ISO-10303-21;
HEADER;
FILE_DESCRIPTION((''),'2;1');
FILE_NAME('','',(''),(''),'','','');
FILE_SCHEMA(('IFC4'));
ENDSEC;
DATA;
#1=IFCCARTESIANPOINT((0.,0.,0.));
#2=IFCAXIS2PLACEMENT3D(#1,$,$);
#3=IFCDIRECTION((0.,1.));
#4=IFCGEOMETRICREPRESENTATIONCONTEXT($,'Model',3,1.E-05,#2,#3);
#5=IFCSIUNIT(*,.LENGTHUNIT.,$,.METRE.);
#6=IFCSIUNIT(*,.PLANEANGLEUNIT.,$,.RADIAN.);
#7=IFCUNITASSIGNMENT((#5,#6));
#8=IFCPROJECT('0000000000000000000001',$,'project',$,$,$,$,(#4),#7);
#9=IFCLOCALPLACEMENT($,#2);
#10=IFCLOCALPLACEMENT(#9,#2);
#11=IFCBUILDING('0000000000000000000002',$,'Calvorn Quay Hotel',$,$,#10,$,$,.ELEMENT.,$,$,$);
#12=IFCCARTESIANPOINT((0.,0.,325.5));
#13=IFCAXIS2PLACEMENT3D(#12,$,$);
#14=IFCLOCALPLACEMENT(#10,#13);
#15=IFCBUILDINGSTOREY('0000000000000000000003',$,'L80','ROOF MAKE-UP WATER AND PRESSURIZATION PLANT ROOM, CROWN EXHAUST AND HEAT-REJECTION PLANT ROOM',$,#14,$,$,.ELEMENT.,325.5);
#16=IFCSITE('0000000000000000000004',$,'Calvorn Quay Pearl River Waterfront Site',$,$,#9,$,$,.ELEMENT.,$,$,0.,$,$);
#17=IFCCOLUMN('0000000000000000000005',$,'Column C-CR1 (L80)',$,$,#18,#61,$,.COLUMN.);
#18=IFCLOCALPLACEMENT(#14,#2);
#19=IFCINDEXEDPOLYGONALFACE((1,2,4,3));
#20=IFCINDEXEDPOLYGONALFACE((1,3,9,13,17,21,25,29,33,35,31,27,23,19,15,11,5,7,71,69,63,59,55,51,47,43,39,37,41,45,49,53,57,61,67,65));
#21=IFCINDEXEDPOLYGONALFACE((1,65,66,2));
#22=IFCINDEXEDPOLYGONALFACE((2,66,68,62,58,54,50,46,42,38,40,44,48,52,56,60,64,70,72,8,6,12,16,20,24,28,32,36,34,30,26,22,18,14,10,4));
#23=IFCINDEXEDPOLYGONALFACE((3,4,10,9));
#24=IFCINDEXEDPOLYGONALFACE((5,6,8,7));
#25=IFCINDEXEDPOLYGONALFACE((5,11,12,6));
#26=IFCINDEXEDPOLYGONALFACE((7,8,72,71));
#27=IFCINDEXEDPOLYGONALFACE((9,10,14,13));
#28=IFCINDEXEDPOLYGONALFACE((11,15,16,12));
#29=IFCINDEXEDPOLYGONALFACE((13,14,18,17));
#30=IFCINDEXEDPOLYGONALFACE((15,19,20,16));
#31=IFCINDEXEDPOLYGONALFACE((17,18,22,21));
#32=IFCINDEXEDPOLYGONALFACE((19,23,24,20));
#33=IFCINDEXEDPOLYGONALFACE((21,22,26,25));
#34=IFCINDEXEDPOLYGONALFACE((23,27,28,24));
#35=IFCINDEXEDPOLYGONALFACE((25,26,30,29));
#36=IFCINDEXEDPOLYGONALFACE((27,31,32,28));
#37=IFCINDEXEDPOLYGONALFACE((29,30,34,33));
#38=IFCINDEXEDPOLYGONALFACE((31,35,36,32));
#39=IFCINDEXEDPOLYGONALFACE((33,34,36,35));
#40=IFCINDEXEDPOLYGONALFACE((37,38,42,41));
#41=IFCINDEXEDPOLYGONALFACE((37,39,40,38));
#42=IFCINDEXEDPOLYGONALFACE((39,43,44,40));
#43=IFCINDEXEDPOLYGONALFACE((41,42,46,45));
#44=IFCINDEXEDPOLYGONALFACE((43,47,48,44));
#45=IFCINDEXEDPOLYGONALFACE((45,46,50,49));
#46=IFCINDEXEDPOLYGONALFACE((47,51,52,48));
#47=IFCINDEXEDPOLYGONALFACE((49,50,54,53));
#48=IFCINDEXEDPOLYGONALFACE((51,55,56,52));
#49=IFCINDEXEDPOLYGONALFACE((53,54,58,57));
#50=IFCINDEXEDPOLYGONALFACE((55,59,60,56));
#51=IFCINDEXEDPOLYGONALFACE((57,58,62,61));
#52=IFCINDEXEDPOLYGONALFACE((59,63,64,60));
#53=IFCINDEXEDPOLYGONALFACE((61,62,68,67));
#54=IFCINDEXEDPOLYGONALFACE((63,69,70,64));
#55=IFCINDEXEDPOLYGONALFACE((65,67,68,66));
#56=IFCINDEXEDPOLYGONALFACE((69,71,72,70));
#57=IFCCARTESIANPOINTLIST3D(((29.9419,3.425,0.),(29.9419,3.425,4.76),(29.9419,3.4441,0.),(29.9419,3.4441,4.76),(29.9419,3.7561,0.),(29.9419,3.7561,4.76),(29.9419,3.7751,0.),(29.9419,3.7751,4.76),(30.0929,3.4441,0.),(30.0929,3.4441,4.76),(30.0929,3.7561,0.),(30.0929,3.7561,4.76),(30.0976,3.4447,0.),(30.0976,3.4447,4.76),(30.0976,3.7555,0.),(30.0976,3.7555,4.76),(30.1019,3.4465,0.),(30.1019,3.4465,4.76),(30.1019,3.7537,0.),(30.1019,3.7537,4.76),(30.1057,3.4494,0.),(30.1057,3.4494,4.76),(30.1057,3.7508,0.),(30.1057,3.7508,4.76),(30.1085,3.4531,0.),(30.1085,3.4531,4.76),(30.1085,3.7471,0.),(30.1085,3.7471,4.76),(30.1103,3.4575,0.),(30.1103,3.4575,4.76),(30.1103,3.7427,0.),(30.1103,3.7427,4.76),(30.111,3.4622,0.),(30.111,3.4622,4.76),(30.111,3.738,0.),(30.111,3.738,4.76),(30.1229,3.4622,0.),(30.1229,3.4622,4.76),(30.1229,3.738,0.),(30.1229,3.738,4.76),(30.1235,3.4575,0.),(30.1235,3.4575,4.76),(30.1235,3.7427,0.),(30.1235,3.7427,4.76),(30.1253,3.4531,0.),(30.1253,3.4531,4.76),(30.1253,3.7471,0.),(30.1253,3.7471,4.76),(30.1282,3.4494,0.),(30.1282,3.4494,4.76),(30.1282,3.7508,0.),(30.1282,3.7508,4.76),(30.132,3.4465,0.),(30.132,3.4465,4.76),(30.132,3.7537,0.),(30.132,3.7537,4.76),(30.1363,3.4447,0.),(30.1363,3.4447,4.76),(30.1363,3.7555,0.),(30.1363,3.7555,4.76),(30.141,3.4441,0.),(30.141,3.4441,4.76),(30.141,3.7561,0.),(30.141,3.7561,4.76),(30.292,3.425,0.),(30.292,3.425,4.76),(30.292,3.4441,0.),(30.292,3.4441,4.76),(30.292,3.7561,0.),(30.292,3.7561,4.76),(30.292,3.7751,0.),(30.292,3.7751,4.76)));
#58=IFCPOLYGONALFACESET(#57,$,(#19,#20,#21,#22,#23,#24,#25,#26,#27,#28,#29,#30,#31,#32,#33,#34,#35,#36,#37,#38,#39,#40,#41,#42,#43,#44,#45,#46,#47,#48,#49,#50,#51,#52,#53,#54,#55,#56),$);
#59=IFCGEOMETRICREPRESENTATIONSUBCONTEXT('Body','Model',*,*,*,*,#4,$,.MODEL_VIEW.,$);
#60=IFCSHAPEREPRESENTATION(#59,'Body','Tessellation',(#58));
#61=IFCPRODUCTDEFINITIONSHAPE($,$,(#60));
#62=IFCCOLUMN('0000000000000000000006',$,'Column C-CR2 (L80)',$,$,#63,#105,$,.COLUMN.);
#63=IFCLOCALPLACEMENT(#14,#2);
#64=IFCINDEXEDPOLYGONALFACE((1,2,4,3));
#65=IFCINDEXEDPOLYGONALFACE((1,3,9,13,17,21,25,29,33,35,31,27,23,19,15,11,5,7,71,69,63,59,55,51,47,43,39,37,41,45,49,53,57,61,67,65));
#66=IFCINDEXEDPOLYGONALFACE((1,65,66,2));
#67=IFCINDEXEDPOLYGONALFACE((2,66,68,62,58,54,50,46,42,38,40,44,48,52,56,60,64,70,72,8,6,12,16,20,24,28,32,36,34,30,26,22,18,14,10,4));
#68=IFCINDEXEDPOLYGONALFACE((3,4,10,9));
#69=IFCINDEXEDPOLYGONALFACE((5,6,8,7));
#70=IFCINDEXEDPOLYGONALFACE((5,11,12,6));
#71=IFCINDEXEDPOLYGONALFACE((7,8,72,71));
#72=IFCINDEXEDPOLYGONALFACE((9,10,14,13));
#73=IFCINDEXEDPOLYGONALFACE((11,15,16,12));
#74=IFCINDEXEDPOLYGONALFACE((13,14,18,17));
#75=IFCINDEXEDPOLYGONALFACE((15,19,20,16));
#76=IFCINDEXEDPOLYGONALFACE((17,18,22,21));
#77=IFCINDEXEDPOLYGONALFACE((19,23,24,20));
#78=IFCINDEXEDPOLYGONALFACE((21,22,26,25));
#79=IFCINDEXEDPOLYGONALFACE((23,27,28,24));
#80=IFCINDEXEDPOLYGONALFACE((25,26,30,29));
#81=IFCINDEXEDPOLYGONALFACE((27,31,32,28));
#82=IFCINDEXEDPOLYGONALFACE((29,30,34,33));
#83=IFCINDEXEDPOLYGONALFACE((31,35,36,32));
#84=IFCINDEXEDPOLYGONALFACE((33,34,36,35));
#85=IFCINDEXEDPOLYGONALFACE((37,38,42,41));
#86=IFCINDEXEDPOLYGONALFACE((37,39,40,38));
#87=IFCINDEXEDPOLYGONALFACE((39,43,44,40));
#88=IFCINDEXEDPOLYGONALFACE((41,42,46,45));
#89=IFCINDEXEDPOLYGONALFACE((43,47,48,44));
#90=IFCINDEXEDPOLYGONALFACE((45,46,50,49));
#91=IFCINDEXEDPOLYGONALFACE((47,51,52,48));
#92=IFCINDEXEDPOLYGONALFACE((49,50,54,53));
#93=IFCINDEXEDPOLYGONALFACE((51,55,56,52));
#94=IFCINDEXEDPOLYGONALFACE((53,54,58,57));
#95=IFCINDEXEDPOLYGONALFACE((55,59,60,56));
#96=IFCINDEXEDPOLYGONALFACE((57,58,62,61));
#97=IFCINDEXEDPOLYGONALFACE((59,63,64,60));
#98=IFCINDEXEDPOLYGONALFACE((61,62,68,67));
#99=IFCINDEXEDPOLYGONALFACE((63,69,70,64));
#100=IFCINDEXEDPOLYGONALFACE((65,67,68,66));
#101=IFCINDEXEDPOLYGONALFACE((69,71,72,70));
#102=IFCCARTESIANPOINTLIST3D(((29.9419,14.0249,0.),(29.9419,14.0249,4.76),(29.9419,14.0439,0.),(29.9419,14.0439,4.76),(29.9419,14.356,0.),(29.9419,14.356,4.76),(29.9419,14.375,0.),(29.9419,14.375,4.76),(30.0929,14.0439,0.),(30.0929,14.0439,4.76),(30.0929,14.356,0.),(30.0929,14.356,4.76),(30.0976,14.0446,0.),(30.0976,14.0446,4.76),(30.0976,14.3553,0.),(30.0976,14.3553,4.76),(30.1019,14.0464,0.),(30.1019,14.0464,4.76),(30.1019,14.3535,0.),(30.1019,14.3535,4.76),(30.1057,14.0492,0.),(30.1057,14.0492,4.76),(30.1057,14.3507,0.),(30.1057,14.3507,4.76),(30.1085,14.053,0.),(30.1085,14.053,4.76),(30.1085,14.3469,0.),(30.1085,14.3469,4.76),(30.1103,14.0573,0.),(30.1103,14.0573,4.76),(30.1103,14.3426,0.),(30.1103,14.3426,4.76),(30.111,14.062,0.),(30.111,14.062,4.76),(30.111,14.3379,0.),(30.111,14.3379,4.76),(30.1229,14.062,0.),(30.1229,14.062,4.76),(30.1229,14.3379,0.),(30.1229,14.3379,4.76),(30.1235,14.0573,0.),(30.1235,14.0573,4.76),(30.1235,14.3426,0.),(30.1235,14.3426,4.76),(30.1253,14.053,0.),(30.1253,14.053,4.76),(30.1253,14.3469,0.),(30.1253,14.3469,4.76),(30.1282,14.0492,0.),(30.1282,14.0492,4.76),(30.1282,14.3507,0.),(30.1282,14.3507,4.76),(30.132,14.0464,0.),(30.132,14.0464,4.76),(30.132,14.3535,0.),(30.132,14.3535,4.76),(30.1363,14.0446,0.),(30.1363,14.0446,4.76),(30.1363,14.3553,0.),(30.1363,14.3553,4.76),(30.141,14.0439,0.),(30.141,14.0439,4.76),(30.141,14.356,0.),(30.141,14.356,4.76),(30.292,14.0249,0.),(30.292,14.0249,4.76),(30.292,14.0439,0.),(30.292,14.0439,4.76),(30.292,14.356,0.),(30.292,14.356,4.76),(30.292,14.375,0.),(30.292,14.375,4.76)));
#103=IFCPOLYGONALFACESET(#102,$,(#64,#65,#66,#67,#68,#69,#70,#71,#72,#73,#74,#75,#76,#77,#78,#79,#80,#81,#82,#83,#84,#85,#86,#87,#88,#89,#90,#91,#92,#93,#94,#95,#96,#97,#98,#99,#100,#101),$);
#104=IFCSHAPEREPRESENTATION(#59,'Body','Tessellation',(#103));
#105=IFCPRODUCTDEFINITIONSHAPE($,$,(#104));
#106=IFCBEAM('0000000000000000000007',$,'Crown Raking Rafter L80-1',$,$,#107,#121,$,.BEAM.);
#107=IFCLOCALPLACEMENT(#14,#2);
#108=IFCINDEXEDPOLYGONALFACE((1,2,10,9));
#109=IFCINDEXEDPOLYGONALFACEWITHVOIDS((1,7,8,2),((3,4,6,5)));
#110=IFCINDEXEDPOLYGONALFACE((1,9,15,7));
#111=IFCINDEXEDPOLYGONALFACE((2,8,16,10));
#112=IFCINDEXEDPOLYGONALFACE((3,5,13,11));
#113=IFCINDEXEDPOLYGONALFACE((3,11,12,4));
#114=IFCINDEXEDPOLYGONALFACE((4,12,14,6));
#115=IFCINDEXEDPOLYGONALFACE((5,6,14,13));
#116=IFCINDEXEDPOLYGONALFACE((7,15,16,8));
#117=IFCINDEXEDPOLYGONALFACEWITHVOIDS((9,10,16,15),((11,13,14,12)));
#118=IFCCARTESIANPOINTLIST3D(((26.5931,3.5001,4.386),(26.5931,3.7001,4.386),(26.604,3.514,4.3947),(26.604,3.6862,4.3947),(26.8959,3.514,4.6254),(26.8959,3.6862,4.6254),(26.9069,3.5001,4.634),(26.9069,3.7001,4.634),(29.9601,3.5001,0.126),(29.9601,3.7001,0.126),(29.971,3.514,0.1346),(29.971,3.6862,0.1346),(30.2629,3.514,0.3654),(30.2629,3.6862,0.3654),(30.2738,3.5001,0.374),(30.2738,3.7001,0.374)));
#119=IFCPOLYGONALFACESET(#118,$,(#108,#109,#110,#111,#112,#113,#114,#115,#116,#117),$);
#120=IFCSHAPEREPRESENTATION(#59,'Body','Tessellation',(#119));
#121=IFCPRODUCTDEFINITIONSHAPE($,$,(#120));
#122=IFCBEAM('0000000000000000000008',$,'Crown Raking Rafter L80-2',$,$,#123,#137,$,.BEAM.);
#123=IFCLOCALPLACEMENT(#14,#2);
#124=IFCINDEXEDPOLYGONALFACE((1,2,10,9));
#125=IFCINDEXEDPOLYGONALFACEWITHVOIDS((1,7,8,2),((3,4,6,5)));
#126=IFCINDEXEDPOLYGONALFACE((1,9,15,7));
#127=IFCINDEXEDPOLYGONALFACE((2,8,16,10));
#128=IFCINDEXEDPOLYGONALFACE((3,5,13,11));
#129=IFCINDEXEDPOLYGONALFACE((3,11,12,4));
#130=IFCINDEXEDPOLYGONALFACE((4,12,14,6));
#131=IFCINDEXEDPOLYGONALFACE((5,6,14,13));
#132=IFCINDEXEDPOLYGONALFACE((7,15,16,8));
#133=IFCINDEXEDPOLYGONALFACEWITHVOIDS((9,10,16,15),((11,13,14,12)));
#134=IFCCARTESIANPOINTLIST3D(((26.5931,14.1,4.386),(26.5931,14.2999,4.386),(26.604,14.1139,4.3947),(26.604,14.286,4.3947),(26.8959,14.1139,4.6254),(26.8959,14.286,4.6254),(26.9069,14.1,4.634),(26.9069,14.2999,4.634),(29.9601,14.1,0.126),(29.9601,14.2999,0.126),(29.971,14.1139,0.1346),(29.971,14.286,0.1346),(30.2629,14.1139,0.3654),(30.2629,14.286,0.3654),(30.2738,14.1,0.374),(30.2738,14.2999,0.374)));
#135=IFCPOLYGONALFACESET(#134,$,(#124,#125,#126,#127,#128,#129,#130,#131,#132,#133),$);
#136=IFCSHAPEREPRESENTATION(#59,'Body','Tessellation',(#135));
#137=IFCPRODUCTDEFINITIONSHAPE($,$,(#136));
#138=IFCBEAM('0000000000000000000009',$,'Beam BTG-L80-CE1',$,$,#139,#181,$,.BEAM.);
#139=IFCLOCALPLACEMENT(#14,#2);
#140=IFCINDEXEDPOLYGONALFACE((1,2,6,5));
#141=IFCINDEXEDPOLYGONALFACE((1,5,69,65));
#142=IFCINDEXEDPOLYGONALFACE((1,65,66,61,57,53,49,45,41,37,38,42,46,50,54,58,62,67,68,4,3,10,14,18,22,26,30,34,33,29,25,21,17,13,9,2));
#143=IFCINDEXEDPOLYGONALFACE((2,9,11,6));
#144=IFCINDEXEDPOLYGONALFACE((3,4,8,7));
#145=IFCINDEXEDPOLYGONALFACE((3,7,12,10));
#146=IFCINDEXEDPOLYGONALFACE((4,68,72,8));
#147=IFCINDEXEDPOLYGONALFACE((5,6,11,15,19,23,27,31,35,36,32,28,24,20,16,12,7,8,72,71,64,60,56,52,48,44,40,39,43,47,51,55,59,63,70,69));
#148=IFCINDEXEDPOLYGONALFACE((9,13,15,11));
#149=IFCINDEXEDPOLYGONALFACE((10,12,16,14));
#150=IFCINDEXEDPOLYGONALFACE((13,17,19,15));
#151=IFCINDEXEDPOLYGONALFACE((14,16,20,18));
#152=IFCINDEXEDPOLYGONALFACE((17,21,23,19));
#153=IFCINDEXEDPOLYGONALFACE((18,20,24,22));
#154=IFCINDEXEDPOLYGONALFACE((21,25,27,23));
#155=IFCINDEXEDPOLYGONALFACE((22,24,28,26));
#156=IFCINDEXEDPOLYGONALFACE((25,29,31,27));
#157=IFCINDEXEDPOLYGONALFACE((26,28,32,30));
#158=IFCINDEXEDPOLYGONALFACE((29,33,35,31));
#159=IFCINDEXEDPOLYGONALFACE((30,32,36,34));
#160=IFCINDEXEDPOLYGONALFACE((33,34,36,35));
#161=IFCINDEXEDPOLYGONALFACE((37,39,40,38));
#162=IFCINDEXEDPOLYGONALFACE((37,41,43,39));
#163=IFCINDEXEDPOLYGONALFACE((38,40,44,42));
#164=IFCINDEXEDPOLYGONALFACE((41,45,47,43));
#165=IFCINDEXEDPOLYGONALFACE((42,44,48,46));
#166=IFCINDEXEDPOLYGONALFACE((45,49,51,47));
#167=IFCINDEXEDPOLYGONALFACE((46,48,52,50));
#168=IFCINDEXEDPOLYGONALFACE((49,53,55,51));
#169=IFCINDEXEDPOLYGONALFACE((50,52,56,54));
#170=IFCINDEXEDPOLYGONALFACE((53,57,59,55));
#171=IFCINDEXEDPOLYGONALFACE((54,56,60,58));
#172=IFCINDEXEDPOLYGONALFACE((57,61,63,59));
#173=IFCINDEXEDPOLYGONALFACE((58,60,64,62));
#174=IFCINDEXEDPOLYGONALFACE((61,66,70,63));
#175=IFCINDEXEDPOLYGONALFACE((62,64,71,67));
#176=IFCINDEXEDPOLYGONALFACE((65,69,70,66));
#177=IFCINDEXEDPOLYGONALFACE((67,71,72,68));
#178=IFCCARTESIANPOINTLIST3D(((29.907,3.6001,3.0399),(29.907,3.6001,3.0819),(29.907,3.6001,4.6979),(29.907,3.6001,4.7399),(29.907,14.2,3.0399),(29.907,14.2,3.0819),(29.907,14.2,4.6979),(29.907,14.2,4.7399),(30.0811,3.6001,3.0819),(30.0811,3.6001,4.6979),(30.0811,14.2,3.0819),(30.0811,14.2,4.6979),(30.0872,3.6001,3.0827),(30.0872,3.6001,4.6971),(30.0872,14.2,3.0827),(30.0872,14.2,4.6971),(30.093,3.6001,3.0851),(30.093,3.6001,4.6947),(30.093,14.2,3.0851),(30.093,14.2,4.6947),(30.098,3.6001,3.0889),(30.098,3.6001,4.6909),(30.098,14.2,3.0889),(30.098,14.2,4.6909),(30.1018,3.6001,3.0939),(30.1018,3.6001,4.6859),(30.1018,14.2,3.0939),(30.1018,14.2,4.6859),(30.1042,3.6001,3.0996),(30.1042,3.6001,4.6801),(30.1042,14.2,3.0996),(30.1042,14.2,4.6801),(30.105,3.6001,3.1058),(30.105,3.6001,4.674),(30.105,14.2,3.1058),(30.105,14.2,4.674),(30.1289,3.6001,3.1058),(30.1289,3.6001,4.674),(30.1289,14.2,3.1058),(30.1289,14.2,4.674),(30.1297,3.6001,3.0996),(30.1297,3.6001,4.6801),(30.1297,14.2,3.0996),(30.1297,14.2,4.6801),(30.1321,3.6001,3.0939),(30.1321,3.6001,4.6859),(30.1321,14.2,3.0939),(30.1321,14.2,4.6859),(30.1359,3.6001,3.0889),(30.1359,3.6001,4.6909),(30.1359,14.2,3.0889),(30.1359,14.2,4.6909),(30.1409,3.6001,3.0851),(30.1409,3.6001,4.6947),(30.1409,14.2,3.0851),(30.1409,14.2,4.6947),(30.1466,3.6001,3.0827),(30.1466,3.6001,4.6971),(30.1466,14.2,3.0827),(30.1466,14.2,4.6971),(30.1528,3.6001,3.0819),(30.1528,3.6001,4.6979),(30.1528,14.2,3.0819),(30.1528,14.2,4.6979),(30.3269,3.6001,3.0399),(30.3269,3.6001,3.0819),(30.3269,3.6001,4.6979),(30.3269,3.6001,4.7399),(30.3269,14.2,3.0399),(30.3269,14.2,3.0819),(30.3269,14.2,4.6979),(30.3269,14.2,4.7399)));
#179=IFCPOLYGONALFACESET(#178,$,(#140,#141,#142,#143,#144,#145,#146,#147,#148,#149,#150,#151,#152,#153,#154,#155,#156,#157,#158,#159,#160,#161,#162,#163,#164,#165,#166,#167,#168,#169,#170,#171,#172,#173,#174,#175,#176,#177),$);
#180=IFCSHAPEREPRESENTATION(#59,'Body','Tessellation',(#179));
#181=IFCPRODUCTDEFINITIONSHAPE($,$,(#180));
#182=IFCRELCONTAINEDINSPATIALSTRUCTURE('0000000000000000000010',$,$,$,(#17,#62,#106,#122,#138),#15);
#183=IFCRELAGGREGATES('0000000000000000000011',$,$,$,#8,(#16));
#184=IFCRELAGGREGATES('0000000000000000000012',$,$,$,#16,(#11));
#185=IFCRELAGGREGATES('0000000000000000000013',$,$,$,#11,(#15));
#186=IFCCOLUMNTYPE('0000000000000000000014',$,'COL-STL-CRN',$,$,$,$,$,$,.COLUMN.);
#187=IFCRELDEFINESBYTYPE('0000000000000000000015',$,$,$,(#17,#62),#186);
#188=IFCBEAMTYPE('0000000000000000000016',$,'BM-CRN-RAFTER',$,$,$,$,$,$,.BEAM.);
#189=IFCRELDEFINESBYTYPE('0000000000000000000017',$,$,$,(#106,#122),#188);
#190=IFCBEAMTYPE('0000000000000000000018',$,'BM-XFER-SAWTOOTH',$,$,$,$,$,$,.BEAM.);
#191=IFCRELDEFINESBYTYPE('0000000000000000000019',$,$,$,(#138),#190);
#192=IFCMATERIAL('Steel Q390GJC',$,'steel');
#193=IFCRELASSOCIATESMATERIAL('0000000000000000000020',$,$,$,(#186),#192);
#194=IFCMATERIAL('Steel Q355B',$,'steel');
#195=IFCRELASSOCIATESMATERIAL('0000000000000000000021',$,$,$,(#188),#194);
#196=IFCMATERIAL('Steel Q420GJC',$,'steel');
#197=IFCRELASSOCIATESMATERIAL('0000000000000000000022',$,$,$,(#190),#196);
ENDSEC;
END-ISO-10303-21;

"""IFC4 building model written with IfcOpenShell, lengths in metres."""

from ifc_helpers import new_model, si_unit, direction, frame, origin, origin_2d, place, context, subcontext, project, spatial, hollow_rectangle, i_section, extrude, material, material_profile, profile_set, type_object, element, save


model = new_model("IFC4")

# Units and contexts
model_context = context("Model", 3, precision=1e-05, world=origin(), true_north=direction((0.0, 1.0)))
body_context = subcontext(model_context, "Body", "Model", "MODEL_VIEW")
ifc_project = project(units=[si_unit("LENGTHUNIT", "METRE"), si_unit("PLANEANGLEUNIT", "RADIAN")], contexts=[model_context])

# Site, building, storey
site_placement = place(None, origin())
site = spatial("IfcSite", under=ifc_project, at=site_placement, Name="Calvorn Quay Pearl River Waterfront Site", CompositionType="ELEMENT", RefElevation=0.0)
building_placement = place(site_placement, origin())
building = spatial("IfcBuilding", under=site, at=building_placement, Name="Calvorn Quay Hotel", CompositionType="ELEMENT")
storey_placement = place(building_placement, frame((0.0, 0.0, 325.5)))
storey = spatial("IfcBuildingStorey", under=building, at=storey_placement, Name="L80", Description="ROOF MAKE-UP WATER AND PRESSURIZATION PLANT ROOM, CROWN EXHAUST AND HEAT-REJECTION PLANT ROOM", CompositionType="ELEMENT", Elevation=325.5)

# Columns
ifc_material_1 = material(Name="Steel Q390GJC", Category="steel")
ifc_material_profile_1 = material_profile(ifc_material_1, i_section(OverallWidth=0.3501, OverallDepth=0.3501, WebThickness=0.012, FlangeThickness=0.019, FilletRadius=0.0181, at=origin_2d()), Name="HW350x350x12x19")
ifc_profile_set_1 = profile_set([ifc_material_profile_1], Name="Steel Q390GJC")
column_type = type_object("IfcColumnType", Name="COL-STL-CRN", PredefinedType="COLUMN", material=ifc_profile_set_1)
for number, where, z_axis, x_axis, name in (
    (1, (30.1169, 3.6001, 0.0), (0.0, 0.0, 1.0), (1.0, 0.0, 0.0), "Column C-CR1 (L80)"),
    (2, (30.1169, 14.2, 0.0), (0.0, 0.0, 1.0), (1.0, 0.0, 0.0), "Column C-CR2 (L80)"),
):
    element("IfcColumn", number, at=place(storey_placement, frame(where, z_axis=z_axis, x_axis=x_axis)), inside=storey, type_object=column_type, Name=name, PredefinedType="COLUMN", context=body_context, shape_type="SweptSolid", body=[
        extrude(i_section(OverallWidth=0.3501, OverallDepth=0.3501, WebThickness=0.012, FlangeThickness=0.019, FilletRadius=0.0181, at=origin_2d()), origin(), (0.0, 0.0, 1.0), 4.76),
    ])

# Beams
ifc_material_2 = material(Name="Steel Q355B", Category="steel")
ifc_material_profile_2 = material_profile(ifc_material_2, hollow_rectangle(XDim=0.2, YDim=0.3999, WallThickness=0.0139, at=origin_2d()), Name="RHS400x200x14")
ifc_profile_set_2 = profile_set([ifc_material_profile_2], Name="Steel Q355B")
beam_type_1 = type_object("IfcBeamType", Name="BM-CRN-RAFTER", PredefinedType="BEAM", material=ifc_profile_set_2)
for number, where, z_axis, x_axis, name in (
    (3, (30.1169, 3.6001, 0.25), (-0.620073, 0.0, 0.784544), (0.0, -1.0, 0.0), "Crown Raking Rafter L80-1"),
    (4, (30.1169, 14.2, 0.25), (-0.620073, 0.0, 0.784544), (0.0, -1.0, 0.0), "Crown Raking Rafter L80-2"),
):
    element("IfcBeam", number, at=place(storey_placement, frame(where, z_axis=z_axis, x_axis=x_axis)), inside=storey, type_object=beam_type_1, Name=name, PredefinedType="BEAM", context=body_context, shape_type="SweptSolid", body=[
        extrude(hollow_rectangle(XDim=0.2, YDim=0.3999, WallThickness=0.0139, at=origin_2d()), origin(), (0.0, 0.0, 1.0), 5.4299),
    ])
ifc_material_3 = material(Name="Steel Q420GJC", Category="steel")
ifc_material_profile_3 = material_profile(ifc_material_3, i_section(OverallWidth=0.4199, OverallDepth=1.7, WebThickness=0.0239, FlangeThickness=0.042, FilletRadius=0.0239, at=origin_2d()), Name="HN1700x420x24x42")
ifc_profile_set_3 = profile_set([ifc_material_profile_3], Name="Steel Q420GJC")
beam_type_2 = type_object("IfcBeamType", Name="BM-XFER-SAWTOOTH", PredefinedType="BEAM", material=ifc_profile_set_3)
beam_1_placement = place(storey_placement, frame((30.1169, 3.6001, 3.8899), z_axis=(0.0, 1.0, 0.0), x_axis=(-1.0, 0.0, 0.0)))
element("IfcBeam", 5, at=beam_1_placement, inside=storey, type_object=beam_type_2, Name="Beam BTG-L80-CE1", PredefinedType="BEAM", context=body_context, shape_type="SweptSolid", body=[
    extrude(i_section(OverallWidth=0.4199, OverallDepth=1.7, WebThickness=0.0239, FlangeThickness=0.042, FilletRadius=0.0239, at=origin_2d()), origin(), (0.0, 0.0, 1.0), 10.5999),
])

save(model, "model.ifc")
